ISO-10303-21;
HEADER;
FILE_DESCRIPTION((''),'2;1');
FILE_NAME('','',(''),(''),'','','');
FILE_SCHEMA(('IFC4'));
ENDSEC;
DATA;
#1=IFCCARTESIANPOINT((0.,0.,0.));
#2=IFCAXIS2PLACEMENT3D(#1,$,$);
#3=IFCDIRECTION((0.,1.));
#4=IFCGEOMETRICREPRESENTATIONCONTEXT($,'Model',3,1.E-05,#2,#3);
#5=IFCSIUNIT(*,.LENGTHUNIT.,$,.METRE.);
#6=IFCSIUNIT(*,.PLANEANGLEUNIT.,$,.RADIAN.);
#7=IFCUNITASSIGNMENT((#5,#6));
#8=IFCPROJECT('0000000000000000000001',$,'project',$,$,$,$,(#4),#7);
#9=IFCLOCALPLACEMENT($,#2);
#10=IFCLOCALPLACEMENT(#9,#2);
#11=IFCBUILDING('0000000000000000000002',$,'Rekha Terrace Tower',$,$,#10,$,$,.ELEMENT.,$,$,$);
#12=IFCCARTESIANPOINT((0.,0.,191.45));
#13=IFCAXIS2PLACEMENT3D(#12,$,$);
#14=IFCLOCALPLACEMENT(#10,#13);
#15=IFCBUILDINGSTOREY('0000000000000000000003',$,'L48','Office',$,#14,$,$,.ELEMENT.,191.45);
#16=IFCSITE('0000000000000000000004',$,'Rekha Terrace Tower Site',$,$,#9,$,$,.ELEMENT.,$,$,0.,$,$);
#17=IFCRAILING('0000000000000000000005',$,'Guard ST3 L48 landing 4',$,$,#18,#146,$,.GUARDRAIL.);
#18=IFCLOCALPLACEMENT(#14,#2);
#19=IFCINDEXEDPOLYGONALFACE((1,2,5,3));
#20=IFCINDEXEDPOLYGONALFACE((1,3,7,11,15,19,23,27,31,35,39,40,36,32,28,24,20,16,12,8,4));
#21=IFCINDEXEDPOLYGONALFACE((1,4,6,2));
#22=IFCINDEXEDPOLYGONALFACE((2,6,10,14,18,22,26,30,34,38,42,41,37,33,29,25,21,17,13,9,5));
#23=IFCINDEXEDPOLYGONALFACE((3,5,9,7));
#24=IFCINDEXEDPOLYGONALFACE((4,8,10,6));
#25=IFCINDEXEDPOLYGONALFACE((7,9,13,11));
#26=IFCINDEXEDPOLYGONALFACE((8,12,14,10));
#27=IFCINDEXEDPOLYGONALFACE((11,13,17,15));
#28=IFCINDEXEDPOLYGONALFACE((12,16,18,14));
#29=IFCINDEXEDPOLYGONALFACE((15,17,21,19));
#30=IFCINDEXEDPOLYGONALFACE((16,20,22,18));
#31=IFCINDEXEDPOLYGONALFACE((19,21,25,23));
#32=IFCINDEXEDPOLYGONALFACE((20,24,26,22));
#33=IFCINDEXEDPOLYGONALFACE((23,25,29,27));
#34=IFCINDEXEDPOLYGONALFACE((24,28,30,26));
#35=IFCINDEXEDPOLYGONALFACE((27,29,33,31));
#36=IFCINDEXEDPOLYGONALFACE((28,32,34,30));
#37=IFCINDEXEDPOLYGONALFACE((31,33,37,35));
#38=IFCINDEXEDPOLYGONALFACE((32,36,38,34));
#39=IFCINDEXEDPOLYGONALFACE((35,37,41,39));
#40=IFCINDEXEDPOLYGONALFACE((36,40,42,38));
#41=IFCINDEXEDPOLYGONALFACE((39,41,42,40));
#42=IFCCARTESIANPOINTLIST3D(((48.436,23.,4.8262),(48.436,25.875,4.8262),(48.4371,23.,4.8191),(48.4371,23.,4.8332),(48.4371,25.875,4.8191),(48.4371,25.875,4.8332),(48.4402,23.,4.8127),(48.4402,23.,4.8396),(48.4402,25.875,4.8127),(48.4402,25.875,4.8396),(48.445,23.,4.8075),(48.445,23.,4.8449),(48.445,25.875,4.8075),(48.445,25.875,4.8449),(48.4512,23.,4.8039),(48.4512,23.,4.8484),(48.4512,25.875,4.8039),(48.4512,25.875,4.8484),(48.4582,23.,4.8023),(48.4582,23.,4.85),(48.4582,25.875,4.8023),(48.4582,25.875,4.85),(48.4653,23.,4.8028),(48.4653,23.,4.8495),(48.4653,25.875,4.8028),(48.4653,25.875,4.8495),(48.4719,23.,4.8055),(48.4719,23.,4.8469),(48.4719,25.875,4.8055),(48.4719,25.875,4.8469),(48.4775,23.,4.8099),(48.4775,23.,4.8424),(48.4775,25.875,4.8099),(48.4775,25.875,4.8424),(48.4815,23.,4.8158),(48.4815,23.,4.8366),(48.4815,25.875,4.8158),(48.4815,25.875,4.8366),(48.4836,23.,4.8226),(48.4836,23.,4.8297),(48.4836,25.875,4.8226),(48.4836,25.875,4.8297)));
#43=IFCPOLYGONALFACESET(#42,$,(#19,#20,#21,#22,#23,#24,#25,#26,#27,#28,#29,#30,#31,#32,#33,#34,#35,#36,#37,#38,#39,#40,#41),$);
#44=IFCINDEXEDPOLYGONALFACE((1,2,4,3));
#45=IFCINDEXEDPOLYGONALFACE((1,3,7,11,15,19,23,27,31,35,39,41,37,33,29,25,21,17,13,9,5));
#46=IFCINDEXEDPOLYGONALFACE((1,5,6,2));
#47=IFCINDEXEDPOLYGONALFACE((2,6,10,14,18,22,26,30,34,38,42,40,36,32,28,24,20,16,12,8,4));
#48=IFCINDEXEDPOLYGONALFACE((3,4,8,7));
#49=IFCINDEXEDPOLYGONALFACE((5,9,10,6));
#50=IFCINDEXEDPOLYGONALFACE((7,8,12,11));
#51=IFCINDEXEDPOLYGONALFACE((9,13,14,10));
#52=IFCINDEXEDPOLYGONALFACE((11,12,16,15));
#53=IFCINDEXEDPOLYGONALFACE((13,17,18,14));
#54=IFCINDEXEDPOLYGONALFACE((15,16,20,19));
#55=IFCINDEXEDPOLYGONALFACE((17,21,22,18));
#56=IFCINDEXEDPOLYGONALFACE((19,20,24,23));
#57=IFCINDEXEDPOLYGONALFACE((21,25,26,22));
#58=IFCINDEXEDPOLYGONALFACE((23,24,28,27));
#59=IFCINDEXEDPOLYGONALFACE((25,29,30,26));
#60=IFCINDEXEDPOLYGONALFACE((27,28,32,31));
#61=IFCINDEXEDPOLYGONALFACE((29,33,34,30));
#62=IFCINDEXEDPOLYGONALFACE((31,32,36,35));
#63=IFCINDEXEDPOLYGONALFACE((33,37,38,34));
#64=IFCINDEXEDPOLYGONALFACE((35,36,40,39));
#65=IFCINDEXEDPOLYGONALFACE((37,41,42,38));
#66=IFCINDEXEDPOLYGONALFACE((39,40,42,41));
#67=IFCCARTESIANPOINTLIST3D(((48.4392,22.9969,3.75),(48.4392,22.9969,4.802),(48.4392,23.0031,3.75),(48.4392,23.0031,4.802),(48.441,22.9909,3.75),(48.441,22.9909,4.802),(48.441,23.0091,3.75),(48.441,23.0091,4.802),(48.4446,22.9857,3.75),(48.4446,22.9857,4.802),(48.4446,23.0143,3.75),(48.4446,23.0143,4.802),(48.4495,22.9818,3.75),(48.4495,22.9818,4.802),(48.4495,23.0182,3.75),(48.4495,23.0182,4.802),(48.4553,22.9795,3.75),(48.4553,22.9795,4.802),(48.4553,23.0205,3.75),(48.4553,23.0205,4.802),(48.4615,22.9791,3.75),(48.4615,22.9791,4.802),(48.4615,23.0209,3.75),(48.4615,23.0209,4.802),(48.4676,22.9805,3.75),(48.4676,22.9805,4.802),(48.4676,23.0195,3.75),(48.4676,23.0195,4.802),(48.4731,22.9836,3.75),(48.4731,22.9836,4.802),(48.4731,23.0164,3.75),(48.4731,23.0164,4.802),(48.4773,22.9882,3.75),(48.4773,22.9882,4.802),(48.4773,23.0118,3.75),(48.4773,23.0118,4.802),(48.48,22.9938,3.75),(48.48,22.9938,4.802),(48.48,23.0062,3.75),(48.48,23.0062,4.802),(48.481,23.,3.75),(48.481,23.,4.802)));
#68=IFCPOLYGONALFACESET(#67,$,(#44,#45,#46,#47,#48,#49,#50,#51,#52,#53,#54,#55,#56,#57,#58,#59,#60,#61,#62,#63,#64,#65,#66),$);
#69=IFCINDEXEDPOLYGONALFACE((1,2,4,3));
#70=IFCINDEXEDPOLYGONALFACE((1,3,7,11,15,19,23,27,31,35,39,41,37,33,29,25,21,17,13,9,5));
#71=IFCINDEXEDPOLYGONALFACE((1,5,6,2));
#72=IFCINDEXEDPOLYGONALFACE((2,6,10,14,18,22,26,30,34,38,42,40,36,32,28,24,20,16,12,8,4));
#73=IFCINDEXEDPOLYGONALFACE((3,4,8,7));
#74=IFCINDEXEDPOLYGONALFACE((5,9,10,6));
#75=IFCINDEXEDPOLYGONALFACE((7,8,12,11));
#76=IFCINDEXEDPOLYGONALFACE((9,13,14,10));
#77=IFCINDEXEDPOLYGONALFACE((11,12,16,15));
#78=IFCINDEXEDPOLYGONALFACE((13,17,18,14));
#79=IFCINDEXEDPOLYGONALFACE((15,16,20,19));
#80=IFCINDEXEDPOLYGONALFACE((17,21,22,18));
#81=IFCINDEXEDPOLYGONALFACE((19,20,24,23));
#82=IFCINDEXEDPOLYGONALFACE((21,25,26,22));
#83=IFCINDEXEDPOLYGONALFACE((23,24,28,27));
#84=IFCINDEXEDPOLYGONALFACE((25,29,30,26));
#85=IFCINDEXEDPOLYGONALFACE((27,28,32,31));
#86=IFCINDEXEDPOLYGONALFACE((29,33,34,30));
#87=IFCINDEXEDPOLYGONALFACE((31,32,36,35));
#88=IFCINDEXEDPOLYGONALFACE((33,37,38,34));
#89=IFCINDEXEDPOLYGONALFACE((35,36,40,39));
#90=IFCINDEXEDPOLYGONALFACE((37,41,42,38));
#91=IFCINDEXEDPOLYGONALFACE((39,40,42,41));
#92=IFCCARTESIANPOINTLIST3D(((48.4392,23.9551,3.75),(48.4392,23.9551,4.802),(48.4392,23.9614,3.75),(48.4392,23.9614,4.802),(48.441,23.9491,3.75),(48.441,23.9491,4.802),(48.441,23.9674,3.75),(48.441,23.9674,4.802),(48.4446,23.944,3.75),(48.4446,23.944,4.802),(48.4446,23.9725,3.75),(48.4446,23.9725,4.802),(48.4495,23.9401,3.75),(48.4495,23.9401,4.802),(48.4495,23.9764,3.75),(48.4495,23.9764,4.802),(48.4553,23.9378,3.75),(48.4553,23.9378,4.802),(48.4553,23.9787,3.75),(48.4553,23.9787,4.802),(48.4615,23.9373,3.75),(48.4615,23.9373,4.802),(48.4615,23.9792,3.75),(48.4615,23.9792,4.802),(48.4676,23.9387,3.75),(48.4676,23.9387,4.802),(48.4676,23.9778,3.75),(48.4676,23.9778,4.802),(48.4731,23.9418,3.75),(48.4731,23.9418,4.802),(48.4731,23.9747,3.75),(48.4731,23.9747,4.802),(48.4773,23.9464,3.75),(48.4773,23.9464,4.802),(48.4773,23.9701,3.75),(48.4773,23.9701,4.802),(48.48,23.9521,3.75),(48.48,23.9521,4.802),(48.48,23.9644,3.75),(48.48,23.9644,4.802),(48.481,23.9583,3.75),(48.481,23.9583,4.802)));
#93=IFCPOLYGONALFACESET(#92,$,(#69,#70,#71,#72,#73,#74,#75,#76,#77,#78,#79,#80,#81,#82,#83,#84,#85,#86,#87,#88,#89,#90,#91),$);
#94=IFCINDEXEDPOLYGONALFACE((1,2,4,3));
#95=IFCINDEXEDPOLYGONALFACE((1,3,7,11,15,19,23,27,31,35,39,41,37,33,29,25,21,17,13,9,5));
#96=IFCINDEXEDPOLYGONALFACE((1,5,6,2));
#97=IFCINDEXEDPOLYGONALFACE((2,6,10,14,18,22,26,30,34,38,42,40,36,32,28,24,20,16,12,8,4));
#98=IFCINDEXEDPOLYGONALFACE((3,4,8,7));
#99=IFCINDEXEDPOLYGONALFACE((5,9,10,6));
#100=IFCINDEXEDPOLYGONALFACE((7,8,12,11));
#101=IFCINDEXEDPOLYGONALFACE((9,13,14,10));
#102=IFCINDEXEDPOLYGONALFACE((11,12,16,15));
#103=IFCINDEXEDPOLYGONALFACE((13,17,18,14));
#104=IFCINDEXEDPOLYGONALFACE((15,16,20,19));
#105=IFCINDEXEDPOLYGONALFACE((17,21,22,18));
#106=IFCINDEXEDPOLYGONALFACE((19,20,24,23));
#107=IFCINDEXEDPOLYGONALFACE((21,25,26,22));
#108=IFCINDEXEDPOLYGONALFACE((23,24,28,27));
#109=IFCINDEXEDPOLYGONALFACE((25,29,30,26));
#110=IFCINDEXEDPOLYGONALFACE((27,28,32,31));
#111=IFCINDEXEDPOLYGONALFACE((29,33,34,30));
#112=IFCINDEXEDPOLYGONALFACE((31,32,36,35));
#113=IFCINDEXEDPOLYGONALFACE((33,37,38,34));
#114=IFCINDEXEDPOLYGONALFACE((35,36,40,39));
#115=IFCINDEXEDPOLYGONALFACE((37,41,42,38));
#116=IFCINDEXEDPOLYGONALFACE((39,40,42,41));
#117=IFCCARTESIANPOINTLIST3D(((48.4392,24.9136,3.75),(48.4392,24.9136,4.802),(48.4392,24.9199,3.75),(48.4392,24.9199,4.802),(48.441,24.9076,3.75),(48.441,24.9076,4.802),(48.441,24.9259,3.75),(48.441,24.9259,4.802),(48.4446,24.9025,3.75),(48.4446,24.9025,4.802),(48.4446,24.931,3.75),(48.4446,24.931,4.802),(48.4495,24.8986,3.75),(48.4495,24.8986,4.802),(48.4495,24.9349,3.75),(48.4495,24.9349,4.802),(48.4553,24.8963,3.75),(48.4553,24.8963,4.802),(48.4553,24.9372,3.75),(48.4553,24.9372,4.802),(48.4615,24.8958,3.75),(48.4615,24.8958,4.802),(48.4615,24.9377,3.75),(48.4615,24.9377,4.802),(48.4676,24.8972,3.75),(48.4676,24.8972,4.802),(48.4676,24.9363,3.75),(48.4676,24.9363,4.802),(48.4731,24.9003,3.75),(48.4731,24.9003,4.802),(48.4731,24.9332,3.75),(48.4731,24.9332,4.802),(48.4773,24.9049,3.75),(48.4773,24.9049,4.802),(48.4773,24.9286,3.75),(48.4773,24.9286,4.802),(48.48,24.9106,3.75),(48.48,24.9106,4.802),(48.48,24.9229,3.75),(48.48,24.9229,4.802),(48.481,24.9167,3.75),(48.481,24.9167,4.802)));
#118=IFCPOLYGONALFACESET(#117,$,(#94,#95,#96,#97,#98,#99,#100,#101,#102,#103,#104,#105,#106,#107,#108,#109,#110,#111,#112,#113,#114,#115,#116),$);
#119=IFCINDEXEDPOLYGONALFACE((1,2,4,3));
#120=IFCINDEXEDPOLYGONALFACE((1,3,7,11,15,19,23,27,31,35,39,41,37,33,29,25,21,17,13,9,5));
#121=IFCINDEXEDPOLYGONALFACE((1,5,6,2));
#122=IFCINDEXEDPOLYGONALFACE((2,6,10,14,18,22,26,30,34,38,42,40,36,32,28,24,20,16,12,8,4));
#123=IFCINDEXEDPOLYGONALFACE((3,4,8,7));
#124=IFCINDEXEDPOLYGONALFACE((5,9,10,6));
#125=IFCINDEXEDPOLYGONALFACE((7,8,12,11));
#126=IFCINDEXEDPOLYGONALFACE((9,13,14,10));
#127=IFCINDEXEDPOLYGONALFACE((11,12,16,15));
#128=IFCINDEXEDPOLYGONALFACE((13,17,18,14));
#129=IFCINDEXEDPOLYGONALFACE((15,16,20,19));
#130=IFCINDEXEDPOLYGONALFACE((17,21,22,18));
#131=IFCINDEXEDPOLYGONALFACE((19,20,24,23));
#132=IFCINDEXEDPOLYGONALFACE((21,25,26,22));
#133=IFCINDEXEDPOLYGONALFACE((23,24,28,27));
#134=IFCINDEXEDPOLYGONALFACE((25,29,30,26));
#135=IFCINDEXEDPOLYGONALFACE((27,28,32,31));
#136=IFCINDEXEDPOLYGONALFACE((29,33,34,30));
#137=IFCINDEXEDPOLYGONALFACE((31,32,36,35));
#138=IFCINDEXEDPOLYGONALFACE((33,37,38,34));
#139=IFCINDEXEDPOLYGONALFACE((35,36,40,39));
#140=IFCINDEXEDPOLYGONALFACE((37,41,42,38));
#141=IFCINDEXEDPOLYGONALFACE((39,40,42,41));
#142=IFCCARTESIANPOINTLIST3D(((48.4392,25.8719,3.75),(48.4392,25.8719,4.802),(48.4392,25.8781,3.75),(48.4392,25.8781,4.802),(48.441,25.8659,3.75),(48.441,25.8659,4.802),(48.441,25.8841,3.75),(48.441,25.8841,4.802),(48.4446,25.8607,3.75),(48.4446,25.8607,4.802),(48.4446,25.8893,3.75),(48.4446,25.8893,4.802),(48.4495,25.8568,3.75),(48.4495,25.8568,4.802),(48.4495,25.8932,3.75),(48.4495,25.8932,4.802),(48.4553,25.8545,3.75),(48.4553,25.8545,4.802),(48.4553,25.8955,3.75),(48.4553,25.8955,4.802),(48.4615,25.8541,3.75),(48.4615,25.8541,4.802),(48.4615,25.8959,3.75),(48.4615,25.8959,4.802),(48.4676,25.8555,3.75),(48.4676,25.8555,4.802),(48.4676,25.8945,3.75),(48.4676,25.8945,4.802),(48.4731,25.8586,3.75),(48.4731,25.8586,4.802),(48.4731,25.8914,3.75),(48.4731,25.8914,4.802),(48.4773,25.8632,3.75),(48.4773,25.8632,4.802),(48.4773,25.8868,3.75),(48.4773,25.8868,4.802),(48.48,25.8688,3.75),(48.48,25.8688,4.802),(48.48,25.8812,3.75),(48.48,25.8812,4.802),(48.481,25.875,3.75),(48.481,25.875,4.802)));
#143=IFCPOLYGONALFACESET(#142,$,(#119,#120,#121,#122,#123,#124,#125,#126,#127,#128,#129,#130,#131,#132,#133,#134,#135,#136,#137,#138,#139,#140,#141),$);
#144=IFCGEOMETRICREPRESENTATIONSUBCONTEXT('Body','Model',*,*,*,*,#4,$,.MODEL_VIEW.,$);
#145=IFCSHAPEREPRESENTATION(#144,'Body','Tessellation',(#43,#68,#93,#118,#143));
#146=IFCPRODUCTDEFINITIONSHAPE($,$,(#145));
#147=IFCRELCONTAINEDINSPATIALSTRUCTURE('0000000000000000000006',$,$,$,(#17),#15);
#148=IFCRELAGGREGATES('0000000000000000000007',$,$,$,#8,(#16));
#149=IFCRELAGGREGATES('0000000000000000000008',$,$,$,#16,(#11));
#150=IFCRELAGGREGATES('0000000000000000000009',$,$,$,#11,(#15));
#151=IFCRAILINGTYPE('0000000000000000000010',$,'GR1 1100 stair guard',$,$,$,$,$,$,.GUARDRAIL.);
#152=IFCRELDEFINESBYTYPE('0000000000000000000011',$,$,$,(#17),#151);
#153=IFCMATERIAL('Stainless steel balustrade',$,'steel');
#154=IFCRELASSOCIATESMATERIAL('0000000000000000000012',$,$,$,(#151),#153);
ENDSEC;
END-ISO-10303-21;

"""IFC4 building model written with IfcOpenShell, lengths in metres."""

from ifc_helpers import new_model, si_unit, direction, frame, origin, origin_2d, place, context, subcontext, project, spatial, circle, extrude, material, type_object, element, save


model = new_model("IFC4")

# Units and contexts
model_context = context("Model", 3, precision=1e-05, world=origin(), true_north=direction((0.0, 1.0)))
body_context = subcontext(model_context, "Body", "Model", "MODEL_VIEW")
ifc_project = project(units=[si_unit("LENGTHUNIT", "METRE"), si_unit("PLANEANGLEUNIT", "RADIAN")], contexts=[model_context])

# Site, building, storey
site_placement = place(None, origin())
site = spatial("IfcSite", under=ifc_project, at=site_placement, Name="Rekha Terrace Tower Site", CompositionType="ELEMENT", RefElevation=0.0)
building_placement = place(site_placement, origin())
building = spatial("IfcBuilding", under=site, at=building_placement, Name="Rekha Terrace Tower", CompositionType="ELEMENT")
storey_placement = place(building_placement, frame((0.0, 0.0, 191.45)))
storey = spatial("IfcBuildingStorey", under=building, at=storey_placement, Name="L48", Description="Office", CompositionType="ELEMENT", Elevation=191.45)

# Railing
ifc_material_1 = material(Name="Stainless steel balustrade", Category="steel")
railing_type_1 = type_object("IfcRailingType", Name="GR1 1100 stair guard", PredefinedType="GUARDRAIL", material=ifc_material_1)
railing_1_placement = place(storey_placement, frame((48.46, 23.0, 3.75)))
element("IfcRailing", 1, at=railing_1_placement, inside=storey, type_object=railing_type_1, Name="Guard ST3 L48 landing 4", PredefinedType="GUARDRAIL", context=body_context, shape_type="SweptSolid", body=[
    extrude(circle(Radius=0.0239, at=origin_2d()), frame((0.0, 0.0, 1.0762), z_axis=(0.0, 1.0, 0.0), x_axis=(-1.0, 0.0, 0.0)), (0.0, 0.0, 1.0), 2.875),
    extrude(circle(Radius=0.021, at=origin_2d()), origin(), (0.0, 0.0, 1.0), 1.052),
    extrude(circle(Radius=0.021, at=origin_2d()), frame((0.0, 0.9583, 0.0)), (0.0, 0.0, 1.0), 1.052),
    extrude(circle(Radius=0.021, at=origin_2d()), frame((0.0, 1.9167, 0.0)), (0.0, 0.0, 1.0), 1.052),
    extrude(circle(Radius=0.021, at=origin_2d()), frame((0.0, 2.875, 0.0)), (0.0, 0.0, 1.0), 1.052),
])

save(model, "model.ifc")
